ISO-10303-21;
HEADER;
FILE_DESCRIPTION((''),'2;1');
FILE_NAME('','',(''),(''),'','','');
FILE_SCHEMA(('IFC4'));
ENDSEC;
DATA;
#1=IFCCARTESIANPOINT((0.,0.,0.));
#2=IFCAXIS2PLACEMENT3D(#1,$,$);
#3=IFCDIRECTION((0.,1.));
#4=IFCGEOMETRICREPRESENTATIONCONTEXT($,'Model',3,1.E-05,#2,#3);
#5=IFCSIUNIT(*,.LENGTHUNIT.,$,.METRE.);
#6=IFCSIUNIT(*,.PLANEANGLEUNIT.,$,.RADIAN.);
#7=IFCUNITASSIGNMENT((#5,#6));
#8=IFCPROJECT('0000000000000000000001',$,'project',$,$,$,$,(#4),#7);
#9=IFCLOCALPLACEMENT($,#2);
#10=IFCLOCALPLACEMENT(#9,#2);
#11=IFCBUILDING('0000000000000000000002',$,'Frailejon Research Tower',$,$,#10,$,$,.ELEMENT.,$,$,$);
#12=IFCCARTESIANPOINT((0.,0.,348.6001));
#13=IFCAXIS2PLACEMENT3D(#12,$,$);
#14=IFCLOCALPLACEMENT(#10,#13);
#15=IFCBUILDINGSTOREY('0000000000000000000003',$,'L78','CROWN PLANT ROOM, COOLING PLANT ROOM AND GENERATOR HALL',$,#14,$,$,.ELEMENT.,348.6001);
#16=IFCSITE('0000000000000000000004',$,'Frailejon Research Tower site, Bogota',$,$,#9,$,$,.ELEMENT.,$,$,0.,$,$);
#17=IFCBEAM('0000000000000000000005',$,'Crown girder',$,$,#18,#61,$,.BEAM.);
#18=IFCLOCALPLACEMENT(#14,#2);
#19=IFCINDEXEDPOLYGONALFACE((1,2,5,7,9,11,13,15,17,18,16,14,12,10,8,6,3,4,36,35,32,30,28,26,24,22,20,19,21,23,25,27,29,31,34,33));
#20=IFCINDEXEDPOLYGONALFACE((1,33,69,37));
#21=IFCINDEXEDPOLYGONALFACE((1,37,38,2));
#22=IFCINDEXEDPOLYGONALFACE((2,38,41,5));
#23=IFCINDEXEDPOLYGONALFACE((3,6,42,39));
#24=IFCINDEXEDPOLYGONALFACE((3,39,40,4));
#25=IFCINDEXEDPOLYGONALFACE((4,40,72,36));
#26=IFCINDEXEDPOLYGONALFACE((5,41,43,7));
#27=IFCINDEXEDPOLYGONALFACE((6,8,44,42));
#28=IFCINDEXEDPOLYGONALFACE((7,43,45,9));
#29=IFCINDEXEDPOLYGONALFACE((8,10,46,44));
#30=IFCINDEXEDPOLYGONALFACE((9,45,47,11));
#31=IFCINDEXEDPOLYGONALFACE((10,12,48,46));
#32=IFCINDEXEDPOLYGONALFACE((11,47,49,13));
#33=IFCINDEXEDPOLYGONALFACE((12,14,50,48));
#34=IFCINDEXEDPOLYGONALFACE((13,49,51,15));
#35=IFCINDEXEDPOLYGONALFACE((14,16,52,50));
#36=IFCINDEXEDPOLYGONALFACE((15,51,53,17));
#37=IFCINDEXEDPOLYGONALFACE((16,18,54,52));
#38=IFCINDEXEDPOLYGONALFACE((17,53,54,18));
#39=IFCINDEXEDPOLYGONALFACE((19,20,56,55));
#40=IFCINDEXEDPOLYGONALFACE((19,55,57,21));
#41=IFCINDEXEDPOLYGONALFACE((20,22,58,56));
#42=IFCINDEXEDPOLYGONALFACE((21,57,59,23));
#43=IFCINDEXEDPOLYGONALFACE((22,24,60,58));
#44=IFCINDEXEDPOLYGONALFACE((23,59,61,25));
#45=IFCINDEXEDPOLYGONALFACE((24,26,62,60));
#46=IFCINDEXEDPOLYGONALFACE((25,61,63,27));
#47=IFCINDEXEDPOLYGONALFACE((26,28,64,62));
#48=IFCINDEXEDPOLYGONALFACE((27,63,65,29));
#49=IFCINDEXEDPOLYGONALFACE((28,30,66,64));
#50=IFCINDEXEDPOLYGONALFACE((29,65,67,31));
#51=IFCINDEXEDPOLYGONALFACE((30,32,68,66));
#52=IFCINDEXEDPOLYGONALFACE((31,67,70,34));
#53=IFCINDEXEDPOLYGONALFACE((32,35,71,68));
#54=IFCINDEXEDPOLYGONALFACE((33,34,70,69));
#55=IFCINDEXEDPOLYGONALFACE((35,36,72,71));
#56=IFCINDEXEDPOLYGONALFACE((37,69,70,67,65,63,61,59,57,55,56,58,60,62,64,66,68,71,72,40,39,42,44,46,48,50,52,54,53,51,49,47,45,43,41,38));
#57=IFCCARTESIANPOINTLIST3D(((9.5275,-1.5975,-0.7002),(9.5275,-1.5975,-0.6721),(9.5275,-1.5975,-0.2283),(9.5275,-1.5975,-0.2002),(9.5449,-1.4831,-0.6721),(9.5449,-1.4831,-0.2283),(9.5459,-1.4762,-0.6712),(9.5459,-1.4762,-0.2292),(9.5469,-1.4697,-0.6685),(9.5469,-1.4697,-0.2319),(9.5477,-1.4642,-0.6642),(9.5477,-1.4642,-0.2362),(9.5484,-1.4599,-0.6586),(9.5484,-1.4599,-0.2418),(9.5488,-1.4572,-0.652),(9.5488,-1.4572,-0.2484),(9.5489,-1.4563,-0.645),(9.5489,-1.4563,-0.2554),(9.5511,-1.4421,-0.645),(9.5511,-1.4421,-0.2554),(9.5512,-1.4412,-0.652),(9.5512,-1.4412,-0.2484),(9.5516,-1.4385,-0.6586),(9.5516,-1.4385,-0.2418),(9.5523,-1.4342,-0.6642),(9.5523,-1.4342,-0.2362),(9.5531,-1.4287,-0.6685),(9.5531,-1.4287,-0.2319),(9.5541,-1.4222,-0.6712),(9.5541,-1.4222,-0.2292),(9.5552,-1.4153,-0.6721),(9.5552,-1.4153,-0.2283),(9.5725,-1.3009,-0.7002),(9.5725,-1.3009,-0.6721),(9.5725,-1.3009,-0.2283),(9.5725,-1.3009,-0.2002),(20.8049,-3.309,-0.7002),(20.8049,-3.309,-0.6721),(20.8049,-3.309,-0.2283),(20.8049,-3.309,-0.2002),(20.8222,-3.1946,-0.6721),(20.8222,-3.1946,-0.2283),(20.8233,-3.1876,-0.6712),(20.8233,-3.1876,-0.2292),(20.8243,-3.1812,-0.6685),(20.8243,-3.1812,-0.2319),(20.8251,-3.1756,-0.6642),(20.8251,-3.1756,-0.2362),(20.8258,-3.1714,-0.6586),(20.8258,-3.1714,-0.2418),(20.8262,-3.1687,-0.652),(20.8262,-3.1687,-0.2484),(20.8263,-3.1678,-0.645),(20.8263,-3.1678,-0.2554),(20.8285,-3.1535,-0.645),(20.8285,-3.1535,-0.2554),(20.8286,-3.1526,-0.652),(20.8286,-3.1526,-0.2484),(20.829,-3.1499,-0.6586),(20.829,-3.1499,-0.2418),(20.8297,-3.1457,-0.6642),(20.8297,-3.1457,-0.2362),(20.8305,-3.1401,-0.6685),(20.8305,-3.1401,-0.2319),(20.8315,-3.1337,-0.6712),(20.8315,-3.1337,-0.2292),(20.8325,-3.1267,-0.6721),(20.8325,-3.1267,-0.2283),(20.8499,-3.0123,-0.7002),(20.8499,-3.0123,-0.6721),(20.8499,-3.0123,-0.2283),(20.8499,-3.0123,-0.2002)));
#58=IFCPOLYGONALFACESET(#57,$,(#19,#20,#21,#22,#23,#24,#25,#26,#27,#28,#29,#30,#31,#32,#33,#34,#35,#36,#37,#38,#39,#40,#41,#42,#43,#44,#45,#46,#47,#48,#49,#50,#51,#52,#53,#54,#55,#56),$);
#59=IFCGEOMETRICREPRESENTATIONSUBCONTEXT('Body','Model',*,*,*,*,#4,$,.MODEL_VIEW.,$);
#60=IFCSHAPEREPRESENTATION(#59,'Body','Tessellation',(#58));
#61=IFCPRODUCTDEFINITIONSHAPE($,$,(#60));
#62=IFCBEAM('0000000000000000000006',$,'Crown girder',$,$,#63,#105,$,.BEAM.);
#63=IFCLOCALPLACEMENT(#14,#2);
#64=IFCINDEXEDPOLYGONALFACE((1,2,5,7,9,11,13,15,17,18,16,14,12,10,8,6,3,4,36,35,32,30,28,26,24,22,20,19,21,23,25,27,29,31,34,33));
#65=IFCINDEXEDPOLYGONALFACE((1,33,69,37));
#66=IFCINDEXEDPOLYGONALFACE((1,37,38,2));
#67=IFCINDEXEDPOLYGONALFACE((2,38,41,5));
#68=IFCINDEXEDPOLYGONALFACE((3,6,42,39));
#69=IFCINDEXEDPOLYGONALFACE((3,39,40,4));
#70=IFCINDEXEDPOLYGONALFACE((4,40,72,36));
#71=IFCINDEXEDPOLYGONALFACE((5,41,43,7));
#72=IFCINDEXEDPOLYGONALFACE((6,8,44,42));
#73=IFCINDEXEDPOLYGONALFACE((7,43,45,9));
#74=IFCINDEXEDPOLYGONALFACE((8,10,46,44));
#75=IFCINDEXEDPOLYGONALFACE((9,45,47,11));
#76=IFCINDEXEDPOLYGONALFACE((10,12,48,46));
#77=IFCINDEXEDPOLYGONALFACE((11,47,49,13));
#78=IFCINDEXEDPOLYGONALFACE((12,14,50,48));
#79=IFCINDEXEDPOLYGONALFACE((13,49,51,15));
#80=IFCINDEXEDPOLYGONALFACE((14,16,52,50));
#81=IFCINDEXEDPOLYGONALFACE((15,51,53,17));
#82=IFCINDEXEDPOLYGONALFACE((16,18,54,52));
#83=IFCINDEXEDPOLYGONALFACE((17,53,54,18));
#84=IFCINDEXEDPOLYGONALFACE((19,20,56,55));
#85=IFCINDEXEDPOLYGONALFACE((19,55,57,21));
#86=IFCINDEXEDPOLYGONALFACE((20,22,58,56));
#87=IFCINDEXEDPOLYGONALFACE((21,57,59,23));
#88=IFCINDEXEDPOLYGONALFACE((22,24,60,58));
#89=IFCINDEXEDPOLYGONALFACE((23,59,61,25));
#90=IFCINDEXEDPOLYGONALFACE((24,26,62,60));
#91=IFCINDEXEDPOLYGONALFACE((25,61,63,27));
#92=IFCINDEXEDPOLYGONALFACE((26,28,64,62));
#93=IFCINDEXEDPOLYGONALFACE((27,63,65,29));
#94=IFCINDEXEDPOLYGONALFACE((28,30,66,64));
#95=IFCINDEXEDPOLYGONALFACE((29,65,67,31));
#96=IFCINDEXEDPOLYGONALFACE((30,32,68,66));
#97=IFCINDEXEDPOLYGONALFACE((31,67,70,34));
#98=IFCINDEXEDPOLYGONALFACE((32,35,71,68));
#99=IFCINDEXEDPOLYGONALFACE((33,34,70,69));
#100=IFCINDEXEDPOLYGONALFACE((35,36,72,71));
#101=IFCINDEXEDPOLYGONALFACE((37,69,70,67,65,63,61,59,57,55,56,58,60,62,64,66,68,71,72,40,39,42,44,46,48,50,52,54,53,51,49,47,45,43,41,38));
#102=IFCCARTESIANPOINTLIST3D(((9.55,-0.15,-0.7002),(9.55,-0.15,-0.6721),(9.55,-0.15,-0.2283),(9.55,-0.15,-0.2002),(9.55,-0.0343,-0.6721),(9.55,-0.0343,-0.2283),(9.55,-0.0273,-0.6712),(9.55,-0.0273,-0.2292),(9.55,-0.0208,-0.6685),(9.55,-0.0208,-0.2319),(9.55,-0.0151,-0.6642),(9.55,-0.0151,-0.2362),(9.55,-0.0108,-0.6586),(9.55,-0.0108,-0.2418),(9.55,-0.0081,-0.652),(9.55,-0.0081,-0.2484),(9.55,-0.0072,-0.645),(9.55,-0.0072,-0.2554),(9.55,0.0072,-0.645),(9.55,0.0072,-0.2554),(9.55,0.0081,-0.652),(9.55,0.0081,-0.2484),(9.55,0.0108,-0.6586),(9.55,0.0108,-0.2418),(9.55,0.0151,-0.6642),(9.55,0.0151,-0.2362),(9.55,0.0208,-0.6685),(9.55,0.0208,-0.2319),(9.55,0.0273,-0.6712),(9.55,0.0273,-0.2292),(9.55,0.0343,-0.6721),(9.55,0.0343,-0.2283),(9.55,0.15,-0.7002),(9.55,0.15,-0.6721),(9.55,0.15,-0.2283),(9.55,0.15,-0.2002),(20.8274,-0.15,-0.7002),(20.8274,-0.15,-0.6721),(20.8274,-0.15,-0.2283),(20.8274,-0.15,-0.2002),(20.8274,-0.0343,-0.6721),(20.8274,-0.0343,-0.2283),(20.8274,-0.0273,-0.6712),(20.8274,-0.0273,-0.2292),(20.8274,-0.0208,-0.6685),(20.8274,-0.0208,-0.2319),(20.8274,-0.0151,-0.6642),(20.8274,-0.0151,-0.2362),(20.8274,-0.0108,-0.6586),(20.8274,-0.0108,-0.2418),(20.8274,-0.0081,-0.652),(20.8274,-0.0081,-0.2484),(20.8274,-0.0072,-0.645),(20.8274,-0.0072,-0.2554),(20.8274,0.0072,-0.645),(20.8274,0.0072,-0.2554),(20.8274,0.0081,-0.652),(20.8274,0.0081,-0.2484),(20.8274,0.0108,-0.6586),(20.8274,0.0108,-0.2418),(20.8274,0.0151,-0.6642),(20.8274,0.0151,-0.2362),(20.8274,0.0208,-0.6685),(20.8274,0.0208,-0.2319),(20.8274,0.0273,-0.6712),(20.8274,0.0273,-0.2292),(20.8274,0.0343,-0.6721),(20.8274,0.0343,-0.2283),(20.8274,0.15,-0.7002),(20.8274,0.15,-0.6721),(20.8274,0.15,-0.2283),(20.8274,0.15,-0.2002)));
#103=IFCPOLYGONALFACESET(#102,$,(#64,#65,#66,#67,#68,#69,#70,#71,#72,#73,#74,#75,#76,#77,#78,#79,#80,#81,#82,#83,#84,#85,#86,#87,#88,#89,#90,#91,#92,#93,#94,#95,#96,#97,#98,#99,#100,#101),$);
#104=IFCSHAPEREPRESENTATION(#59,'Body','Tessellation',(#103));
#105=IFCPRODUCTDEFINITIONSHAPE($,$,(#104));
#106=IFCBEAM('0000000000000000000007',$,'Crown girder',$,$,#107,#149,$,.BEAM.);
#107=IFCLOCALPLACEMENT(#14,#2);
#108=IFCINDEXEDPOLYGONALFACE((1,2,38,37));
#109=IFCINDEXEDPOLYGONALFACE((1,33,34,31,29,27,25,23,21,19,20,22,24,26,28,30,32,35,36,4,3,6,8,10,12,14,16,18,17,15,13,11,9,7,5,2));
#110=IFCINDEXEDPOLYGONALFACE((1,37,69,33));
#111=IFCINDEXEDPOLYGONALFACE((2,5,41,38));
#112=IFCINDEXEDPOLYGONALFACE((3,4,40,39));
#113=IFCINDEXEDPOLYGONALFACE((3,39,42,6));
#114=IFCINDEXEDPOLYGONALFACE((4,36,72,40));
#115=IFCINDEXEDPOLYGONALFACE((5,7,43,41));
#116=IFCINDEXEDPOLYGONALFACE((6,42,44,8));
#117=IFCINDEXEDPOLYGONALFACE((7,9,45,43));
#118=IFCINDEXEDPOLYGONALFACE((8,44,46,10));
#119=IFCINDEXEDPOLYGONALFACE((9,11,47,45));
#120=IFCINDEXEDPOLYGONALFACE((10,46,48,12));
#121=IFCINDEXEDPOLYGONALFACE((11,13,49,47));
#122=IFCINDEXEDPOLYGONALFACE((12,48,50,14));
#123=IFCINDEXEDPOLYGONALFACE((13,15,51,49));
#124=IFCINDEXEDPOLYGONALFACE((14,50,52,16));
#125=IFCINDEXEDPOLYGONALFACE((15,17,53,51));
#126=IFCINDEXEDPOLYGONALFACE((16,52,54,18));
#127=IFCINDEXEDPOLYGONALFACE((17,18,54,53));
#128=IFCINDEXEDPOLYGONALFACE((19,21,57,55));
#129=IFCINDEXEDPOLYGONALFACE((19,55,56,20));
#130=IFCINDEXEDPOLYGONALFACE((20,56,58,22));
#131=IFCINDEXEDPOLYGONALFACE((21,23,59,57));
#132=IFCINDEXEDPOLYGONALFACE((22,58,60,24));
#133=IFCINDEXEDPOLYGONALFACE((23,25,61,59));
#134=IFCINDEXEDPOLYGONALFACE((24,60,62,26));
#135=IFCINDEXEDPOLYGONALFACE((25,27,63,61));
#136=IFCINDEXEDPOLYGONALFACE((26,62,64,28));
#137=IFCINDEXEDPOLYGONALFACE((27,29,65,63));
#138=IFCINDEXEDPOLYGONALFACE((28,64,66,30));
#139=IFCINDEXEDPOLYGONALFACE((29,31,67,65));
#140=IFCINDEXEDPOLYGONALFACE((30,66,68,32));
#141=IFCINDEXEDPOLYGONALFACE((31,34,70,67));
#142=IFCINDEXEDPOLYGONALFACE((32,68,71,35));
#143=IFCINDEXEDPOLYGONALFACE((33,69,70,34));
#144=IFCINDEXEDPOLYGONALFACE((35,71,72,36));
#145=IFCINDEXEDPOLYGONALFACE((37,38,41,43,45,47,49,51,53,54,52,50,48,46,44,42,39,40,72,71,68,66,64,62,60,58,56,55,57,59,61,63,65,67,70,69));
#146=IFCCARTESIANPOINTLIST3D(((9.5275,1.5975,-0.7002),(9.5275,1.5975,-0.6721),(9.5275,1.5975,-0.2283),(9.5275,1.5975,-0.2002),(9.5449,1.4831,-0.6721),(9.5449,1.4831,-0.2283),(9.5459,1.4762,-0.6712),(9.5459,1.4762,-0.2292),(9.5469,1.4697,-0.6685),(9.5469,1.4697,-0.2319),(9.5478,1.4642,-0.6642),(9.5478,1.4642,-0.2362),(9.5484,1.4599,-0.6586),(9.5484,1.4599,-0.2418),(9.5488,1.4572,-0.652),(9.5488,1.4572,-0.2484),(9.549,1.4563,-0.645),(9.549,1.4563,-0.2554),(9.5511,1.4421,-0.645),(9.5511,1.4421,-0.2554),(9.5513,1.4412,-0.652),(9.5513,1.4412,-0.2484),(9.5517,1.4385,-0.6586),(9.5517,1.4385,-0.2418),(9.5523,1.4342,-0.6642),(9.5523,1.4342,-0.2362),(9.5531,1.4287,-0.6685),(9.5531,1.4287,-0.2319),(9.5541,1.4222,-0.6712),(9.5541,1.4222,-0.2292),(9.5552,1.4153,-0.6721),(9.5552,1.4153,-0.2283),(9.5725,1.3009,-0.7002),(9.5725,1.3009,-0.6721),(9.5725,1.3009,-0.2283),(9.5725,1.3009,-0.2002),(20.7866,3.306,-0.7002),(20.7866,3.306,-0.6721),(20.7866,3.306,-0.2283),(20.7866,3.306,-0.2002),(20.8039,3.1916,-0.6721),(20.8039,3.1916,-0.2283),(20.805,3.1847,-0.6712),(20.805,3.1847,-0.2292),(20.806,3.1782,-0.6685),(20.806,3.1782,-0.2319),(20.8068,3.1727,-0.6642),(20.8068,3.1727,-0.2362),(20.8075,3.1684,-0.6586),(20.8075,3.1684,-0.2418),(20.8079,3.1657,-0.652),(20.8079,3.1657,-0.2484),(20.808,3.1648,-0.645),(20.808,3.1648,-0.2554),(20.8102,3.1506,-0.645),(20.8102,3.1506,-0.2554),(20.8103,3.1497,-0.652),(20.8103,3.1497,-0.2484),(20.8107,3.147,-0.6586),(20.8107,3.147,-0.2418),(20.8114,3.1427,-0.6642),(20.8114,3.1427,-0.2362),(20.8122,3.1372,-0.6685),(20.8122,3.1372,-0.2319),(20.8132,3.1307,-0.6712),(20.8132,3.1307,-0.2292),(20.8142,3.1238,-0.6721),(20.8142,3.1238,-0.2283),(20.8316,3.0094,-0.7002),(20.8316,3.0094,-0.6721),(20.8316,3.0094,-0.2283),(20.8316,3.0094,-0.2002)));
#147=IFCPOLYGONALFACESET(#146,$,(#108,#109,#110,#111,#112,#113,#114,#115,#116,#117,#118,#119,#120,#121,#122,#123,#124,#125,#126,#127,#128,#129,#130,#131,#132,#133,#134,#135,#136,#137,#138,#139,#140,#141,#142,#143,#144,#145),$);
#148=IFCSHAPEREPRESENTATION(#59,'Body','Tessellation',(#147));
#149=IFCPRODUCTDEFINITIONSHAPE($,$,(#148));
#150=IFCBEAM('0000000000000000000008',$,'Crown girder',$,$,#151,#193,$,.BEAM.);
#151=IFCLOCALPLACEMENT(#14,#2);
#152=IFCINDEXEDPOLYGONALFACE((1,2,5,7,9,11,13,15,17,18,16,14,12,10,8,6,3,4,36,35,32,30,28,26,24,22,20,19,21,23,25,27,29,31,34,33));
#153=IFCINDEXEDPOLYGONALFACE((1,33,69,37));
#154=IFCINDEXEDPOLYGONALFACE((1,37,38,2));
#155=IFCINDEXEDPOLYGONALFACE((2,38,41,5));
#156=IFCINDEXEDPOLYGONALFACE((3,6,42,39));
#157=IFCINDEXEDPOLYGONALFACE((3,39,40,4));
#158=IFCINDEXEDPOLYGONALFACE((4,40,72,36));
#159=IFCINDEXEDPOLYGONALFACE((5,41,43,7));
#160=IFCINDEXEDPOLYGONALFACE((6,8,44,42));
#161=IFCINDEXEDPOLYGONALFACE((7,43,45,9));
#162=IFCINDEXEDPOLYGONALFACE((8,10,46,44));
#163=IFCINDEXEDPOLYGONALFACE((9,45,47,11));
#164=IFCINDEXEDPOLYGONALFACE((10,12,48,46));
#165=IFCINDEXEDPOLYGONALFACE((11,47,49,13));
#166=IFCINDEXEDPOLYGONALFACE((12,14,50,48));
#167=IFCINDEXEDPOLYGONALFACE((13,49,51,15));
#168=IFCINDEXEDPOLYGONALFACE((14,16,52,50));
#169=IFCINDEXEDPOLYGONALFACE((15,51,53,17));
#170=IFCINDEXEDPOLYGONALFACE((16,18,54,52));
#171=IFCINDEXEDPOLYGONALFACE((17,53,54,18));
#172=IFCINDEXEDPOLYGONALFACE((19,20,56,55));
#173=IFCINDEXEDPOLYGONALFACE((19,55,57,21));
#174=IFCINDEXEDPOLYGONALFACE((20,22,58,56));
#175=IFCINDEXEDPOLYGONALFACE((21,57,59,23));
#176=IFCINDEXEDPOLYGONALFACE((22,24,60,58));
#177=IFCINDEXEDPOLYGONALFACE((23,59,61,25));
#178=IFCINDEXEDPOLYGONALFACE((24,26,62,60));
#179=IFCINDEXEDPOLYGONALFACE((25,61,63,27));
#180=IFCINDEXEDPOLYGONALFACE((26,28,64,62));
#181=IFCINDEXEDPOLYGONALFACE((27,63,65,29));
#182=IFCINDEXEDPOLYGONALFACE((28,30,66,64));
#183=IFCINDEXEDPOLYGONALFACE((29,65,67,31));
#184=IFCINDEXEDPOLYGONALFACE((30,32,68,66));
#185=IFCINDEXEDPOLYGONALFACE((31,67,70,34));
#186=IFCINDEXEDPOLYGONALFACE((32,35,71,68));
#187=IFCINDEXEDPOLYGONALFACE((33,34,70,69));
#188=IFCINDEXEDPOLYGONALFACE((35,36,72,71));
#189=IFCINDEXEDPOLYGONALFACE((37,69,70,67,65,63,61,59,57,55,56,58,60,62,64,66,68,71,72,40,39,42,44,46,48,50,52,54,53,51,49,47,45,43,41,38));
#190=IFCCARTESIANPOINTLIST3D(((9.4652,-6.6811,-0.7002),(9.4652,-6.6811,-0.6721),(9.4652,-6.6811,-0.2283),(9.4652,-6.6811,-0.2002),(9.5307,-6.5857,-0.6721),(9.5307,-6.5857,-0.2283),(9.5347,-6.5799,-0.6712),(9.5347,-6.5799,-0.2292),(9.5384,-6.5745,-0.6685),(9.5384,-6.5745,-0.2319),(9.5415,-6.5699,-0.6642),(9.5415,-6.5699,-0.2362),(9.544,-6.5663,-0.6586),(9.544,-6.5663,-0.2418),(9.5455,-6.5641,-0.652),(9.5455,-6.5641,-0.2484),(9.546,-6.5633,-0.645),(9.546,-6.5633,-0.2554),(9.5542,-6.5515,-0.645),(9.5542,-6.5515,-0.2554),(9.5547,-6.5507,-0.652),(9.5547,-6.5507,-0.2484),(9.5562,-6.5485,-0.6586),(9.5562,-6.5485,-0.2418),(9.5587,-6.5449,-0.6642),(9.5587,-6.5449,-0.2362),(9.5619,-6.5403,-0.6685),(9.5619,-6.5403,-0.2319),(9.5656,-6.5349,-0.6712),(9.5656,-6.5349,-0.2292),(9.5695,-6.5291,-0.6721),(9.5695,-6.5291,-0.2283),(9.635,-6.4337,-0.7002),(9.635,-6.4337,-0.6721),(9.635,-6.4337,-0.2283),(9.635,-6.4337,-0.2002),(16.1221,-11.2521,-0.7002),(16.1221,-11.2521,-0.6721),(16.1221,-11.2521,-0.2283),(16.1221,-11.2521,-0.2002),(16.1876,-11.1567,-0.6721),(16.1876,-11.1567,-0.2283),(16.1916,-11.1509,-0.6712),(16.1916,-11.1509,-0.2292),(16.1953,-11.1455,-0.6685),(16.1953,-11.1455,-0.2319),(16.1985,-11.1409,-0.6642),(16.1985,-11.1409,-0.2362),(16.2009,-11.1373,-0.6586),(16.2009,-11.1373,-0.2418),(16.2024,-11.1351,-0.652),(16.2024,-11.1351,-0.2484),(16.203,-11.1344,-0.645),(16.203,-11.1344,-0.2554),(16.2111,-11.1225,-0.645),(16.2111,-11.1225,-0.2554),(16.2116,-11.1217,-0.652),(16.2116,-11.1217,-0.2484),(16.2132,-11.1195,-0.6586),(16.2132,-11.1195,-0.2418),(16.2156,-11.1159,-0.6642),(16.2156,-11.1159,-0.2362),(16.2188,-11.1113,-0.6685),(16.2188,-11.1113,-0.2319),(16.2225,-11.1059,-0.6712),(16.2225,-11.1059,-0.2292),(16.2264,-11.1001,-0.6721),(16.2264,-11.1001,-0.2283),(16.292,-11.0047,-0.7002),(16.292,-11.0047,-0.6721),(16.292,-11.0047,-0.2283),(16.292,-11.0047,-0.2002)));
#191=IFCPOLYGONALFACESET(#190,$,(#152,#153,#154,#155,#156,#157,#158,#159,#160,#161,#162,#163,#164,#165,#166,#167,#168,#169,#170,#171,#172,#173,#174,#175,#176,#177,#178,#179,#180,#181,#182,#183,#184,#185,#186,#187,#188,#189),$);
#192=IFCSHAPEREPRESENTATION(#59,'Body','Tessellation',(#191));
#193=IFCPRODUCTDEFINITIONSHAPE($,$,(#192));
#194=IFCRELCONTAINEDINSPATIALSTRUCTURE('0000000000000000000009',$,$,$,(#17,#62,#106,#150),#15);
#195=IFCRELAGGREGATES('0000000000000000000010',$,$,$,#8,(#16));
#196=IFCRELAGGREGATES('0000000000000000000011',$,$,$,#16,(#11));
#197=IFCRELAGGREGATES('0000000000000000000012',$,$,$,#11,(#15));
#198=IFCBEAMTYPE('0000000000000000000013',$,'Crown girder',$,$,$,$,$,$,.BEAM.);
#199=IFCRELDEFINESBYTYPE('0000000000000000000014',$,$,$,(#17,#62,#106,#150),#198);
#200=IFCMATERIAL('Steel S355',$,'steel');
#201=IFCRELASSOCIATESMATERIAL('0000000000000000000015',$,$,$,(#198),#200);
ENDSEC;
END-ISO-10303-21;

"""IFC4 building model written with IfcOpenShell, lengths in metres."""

from ifc_helpers import new_model, si_unit, direction, frame, origin, origin_2d, place, context, subcontext, project, spatial, i_section, extrude, material, material_profile, profile_set, type_object, element, save


model = new_model("IFC4")

# Units and contexts
model_context = context("Model", 3, precision=1e-05, world=origin(), true_north=direction((0.0, 1.0)))
body_context = subcontext(model_context, "Body", "Model", "MODEL_VIEW")
ifc_project = project(units=[si_unit("LENGTHUNIT", "METRE"), si_unit("PLANEANGLEUNIT", "RADIAN")], contexts=[model_context])

# Site, building, storey
site_placement = place(None, origin())
site = spatial("IfcSite", under=ifc_project, at=site_placement, Name="Frailejon Research Tower site, Bogota", CompositionType="ELEMENT", RefElevation=0.0)
building_placement = place(site_placement, origin())
building = spatial("IfcBuilding", under=site, at=building_placement, Name="Frailejon Research Tower", CompositionType="ELEMENT")
storey_placement = place(building_placement, frame((0.0, 0.0, 348.6001)))
storey = spatial("IfcBuildingStorey", under=building, at=storey_placement, Name="L78", Description="CROWN PLANT ROOM, COOLING PLANT ROOM AND GENERATOR HALL", CompositionType="ELEMENT", Elevation=348.6001)

# Beams
ifc_material_1 = material(Name="Steel S355", Category="steel")
ifc_material_profile_1 = material_profile(ifc_material_1, i_section(OverallWidth=0.3, OverallDepth=0.5, WebThickness=0.0144, FlangeThickness=0.0281, FilletRadius=0.0271, at=origin_2d()), Name="HE 500 B")
ifc_profile_set_1 = profile_set([ifc_material_profile_1], Name="Steel S355")
beam_type_1 = type_object("IfcBeamType", Name="Crown girder", PredefinedType="BEAM", material=ifc_profile_set_1)
beam_1_placement = place(storey_placement, frame((20.8274, -3.1606, -0.4502), z_axis=(-0.98868, 0.15004, 0.0), x_axis=(-0.15004, -0.98868, 0.0)))
element("IfcBeam", 1, at=beam_1_placement, inside=storey, type_object=beam_type_1, Name="Crown girder", PredefinedType="BEAM", context=body_context, shape_type="SweptSolid", body=[
    extrude(i_section(OverallWidth=0.3, OverallDepth=0.5, WebThickness=0.0144, FlangeThickness=0.0281, FilletRadius=0.0271, at=origin_2d()), origin(), (0.0, 0.0, 1.0), 11.4065),
])
beam_2_placement = place(storey_placement, frame((20.8274, 0.0, -0.4502), z_axis=(-1.0, 0.0, 0.0), x_axis=(0.0, -1.0, 0.0)))
element("IfcBeam", 2, at=beam_2_placement, inside=storey, type_object=beam_type_1, Name="Crown girder", PredefinedType="BEAM", context=body_context, shape_type="SweptSolid", body=[
    extrude(i_section(OverallWidth=0.3, OverallDepth=0.5, WebThickness=0.0144, FlangeThickness=0.0281, FilletRadius=0.0271, at=origin_2d()), origin(), (0.0, 0.0, 1.0), 11.2773),
])
beam_3_placement = place(storey_placement, frame((20.8091, 3.1577, -0.4502), z_axis=(-0.988682, -0.150027, 0.0), x_axis=(0.150027, -0.988682, 0.0)))
element("IfcBeam", 3, at=beam_3_placement, inside=storey, type_object=beam_type_1, Name="Crown girder", PredefinedType="BEAM", context=body_context, shape_type="SweptSolid", body=[
    extrude(i_section(OverallWidth=0.3, OverallDepth=0.5, WebThickness=0.0144, FlangeThickness=0.0281, FilletRadius=0.0271, at=origin_2d()), origin(), (0.0, 0.0, 1.0), 11.3879),
])
beam_4_placement = place(storey_placement, frame((16.207, -11.1284, -0.4502), z_axis=(-0.824367, 0.566055, 0.0), x_axis=(-0.566055, -0.824367, 0.0)))
element("IfcBeam", 4, at=beam_4_placement, inside=storey, type_object=beam_type_1, Name="Crown girder", PredefinedType="BEAM", context=body_context, shape_type="SweptSolid", body=[
    extrude(i_section(OverallWidth=0.3, OverallDepth=0.5, WebThickness=0.0144, FlangeThickness=0.0281, FilletRadius=0.0271, at=origin_2d()), origin(), (0.0, 0.0, 1.0), 8.0752),
])

save(model, "model.ifc")
